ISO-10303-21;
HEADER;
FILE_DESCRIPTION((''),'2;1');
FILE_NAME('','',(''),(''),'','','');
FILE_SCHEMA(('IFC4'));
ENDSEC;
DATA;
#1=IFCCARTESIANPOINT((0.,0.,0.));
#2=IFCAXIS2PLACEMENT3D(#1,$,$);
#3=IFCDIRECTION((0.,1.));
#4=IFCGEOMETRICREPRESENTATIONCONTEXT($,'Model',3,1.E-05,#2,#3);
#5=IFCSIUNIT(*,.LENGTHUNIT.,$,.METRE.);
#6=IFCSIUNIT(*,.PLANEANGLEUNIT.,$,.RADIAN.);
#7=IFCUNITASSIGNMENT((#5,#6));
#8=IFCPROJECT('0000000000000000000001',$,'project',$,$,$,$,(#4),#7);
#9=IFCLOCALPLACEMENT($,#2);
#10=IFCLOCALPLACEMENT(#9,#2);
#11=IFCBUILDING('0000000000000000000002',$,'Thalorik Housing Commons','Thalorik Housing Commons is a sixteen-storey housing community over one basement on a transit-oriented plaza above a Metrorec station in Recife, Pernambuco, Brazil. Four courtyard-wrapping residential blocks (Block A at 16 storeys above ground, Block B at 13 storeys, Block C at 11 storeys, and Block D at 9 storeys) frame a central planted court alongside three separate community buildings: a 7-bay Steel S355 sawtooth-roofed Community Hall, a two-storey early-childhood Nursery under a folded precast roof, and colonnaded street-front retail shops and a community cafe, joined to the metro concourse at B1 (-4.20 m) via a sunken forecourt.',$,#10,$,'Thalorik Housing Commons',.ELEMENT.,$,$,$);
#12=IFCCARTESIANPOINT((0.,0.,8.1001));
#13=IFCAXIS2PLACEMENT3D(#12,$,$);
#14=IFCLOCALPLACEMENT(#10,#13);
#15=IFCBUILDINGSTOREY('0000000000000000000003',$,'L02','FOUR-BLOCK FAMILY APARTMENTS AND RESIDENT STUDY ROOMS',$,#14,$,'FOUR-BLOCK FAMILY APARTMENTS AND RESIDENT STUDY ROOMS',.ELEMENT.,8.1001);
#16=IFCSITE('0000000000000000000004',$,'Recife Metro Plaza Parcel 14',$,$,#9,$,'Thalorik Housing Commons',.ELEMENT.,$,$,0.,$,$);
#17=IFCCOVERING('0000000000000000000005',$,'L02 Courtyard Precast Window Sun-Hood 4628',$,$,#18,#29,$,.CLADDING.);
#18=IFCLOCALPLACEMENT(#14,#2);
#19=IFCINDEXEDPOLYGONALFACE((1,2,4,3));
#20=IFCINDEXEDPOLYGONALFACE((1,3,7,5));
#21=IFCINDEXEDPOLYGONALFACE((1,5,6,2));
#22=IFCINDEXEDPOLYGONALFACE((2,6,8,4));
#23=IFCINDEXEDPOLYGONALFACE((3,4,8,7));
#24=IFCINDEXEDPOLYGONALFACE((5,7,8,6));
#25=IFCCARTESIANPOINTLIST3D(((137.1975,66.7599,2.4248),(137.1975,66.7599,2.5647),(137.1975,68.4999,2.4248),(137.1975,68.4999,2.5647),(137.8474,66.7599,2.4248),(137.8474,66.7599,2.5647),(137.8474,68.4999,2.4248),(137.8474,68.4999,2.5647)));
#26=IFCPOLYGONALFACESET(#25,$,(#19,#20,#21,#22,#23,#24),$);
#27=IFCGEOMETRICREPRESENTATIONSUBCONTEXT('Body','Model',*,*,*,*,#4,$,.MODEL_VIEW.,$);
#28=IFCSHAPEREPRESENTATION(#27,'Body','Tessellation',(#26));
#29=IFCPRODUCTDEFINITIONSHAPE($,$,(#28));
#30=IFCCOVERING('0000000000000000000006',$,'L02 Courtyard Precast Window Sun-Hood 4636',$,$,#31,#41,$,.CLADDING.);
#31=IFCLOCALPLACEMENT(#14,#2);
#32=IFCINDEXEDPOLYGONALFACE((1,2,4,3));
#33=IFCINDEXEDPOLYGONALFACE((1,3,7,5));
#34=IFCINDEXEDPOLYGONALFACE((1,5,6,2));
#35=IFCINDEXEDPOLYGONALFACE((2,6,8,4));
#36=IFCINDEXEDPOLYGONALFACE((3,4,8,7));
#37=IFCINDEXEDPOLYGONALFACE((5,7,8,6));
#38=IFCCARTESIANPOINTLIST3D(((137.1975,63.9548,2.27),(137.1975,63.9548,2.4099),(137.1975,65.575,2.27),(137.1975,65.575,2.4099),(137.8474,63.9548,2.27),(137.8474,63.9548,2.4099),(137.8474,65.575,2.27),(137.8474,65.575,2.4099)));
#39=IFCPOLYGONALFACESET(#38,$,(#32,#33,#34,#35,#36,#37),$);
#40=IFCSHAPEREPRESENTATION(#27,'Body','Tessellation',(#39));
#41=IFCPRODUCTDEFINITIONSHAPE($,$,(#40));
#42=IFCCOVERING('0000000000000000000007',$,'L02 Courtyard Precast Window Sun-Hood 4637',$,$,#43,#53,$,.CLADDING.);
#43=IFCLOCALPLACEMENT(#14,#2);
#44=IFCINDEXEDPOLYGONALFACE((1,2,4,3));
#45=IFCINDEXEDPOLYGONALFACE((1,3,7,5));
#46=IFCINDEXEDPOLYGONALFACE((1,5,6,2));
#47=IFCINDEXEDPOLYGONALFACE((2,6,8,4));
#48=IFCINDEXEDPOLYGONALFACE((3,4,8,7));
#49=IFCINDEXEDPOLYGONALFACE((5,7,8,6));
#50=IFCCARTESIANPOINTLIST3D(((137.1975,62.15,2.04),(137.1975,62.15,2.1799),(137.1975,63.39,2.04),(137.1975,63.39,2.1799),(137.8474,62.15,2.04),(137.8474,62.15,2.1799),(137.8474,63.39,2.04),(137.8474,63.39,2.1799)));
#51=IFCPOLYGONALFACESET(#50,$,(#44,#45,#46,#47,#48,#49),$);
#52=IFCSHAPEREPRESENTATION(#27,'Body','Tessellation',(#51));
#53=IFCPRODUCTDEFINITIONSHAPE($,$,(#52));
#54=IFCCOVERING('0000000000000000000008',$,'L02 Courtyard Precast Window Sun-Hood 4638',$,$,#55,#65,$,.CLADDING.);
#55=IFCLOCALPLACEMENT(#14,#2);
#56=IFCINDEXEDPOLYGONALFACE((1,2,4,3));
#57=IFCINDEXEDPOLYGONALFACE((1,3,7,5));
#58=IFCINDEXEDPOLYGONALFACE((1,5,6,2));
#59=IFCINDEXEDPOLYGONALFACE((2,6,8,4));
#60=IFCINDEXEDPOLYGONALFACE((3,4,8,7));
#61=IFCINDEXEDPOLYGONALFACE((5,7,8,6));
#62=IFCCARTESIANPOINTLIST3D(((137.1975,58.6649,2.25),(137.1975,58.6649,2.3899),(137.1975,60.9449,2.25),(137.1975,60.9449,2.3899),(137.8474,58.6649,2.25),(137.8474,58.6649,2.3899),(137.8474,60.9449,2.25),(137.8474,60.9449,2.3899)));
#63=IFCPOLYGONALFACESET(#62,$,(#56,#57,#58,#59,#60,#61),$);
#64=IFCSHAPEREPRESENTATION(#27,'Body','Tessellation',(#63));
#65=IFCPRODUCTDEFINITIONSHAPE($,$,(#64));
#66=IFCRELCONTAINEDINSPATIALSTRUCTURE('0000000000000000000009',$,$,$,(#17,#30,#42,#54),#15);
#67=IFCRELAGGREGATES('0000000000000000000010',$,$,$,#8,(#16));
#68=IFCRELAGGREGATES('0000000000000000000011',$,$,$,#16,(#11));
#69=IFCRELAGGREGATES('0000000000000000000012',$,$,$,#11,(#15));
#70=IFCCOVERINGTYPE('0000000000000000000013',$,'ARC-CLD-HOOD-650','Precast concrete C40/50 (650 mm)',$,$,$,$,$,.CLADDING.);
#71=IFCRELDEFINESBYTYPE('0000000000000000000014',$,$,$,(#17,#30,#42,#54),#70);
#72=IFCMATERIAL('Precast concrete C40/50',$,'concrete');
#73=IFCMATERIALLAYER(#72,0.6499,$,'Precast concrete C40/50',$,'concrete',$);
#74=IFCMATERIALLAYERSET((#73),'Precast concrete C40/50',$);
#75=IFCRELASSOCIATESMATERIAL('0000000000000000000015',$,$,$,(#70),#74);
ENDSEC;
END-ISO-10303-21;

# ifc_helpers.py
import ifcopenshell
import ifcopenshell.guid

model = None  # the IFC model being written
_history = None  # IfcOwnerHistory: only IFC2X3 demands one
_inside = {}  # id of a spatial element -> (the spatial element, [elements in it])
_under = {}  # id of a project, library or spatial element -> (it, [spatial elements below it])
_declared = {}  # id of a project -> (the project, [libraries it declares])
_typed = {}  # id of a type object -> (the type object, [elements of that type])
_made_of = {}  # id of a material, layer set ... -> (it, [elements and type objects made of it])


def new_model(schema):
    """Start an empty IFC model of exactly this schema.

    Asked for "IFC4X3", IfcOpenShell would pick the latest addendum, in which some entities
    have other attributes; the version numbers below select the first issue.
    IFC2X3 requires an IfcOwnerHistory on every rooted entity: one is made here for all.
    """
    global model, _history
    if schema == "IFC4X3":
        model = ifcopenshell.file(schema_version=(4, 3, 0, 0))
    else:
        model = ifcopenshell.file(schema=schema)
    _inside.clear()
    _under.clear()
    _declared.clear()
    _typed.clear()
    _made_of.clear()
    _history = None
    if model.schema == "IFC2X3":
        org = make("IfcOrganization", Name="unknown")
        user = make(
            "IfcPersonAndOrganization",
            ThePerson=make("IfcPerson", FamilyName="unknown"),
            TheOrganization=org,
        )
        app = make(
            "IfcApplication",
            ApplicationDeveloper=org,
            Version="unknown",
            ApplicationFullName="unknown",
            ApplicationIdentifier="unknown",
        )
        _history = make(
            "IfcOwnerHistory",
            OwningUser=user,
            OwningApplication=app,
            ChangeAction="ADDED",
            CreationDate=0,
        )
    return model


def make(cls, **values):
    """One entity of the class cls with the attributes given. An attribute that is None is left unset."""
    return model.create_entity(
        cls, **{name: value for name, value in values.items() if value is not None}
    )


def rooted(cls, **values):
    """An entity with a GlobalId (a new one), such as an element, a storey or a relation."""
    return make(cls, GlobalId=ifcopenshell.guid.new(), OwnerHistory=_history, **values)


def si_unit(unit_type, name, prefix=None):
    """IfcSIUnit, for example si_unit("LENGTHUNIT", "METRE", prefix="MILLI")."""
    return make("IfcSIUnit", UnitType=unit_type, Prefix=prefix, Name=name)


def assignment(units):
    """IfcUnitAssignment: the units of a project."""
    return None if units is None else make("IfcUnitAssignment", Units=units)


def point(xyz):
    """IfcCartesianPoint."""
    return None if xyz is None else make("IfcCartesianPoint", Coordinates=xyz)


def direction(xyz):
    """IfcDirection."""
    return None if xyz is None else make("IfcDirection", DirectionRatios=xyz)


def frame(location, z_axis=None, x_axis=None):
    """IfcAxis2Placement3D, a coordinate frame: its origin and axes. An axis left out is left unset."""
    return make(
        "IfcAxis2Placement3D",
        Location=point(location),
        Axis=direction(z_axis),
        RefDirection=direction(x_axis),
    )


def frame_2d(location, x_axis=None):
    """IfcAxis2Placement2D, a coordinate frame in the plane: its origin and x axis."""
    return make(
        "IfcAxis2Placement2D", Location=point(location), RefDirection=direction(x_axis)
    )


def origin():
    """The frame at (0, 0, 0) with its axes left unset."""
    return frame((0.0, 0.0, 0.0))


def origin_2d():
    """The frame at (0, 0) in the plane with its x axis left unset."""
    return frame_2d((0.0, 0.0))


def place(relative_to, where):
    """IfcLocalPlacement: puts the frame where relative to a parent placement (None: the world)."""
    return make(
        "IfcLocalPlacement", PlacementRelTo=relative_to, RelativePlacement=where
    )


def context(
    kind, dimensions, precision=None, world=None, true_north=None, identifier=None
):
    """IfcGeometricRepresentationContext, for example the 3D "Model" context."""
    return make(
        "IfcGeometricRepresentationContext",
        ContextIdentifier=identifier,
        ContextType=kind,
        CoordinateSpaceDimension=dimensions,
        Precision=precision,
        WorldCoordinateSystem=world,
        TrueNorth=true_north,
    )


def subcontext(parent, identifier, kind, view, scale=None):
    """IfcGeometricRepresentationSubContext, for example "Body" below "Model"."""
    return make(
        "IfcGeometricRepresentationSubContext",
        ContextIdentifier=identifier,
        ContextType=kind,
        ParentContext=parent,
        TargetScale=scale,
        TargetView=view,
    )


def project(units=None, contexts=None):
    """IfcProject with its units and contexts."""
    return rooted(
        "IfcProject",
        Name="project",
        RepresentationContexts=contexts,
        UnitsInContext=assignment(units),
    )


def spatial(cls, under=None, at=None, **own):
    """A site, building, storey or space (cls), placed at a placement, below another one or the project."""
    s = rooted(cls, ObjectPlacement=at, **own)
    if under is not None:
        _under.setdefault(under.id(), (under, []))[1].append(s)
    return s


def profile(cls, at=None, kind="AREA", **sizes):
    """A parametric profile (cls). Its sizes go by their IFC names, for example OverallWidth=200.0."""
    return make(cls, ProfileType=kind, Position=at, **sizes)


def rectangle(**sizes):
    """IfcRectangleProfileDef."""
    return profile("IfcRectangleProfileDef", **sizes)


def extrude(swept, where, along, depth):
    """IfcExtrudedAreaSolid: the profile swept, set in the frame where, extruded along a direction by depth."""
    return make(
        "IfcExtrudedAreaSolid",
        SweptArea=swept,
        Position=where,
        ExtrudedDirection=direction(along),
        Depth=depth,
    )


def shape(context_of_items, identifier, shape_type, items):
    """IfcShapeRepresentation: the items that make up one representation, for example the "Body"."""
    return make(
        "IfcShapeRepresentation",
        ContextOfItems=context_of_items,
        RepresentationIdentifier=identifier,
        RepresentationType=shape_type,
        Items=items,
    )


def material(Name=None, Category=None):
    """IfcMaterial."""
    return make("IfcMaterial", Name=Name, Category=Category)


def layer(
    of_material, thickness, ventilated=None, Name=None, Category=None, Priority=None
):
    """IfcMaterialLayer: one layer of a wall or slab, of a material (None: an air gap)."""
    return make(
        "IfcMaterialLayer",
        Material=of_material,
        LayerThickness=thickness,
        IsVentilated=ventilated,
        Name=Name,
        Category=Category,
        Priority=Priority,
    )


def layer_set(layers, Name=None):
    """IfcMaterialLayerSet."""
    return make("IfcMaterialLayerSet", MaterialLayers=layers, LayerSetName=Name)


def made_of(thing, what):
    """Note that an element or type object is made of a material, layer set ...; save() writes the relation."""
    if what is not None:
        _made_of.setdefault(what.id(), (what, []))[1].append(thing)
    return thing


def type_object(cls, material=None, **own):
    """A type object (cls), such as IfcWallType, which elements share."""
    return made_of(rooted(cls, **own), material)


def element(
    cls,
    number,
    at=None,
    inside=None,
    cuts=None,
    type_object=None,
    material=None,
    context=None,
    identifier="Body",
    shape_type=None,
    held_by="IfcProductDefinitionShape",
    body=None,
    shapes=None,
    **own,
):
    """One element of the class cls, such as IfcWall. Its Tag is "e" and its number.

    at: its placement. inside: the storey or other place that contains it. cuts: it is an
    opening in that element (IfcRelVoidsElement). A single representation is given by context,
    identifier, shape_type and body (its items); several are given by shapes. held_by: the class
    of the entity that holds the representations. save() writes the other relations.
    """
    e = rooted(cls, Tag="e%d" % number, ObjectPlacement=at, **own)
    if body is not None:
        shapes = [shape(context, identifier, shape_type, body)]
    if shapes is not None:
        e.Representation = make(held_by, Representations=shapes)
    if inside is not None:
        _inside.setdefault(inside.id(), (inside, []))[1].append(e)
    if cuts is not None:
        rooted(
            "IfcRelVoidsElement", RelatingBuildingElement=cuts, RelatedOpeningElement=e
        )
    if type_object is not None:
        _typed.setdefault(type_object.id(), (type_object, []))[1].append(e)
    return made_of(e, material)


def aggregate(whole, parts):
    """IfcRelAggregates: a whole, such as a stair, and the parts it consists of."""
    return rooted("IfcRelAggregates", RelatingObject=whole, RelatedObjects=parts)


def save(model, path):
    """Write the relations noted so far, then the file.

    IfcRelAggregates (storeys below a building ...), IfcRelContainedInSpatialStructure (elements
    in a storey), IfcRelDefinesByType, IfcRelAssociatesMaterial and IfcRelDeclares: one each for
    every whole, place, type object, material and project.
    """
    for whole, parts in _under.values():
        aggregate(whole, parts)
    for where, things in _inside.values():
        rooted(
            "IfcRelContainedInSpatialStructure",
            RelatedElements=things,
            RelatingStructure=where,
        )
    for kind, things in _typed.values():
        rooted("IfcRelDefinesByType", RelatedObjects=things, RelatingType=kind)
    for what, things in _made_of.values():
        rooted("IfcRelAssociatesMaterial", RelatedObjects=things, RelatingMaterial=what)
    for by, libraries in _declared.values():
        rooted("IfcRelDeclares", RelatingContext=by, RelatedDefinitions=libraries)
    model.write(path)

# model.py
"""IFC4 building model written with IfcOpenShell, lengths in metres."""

from ifc_helpers import new_model, si_unit, direction, frame, origin, origin_2d, place, context, subcontext, project, spatial, rectangle, extrude, material, layer, layer_set, type_object, element, save


model = new_model("IFC4")

# Units and contexts
model_context = context("Model", 3, precision=1e-05, world=origin(), true_north=direction((0.0, 1.0)))
body_context = subcontext(model_context, "Body", "Model", "MODEL_VIEW")
ifc_project = project(units=[si_unit("LENGTHUNIT", "METRE"), si_unit("PLANEANGLEUNIT", "RADIAN")], contexts=[model_context])

# Site, building, storey
site_placement = place(None, origin())
site = spatial("IfcSite", under=ifc_project, at=site_placement, Name="Recife Metro Plaza Parcel 14", LongName="Thalorik Housing Commons", CompositionType="ELEMENT", RefElevation=0.0)
building_placement = place(site_placement, origin())
building = spatial("IfcBuilding", under=site, at=building_placement, Name="Thalorik Housing Commons", Description="Thalorik Housing Commons is a sixteen-storey housing community over one basement on a transit-oriented plaza above a Metrorec station in Recife, Pernambuco, Brazil. Four courtyard-wrapping residential blocks (Block A at 16 storeys above ground, Block B at 13 storeys, Block C at 11 storeys, and Block D at 9 storeys) frame a central planted court alongside three separate community buildings: a 7-bay Steel S355 sawtooth-roofed Community Hall, a two-storey early-childhood Nursery under a folded precast roof, and colonnaded street-front retail shops and a community cafe, joined to the metro concourse at B1 (-4.20 m) via a sunken forecourt.", LongName="Thalorik Housing Commons", CompositionType="ELEMENT")
storey_placement = place(building_placement, frame((0.0, 0.0, 8.1001)))
storey = spatial("IfcBuildingStorey", under=building, at=storey_placement, Name="L02", Description="FOUR-BLOCK FAMILY APARTMENTS AND RESIDENT STUDY ROOMS", LongName="FOUR-BLOCK FAMILY APARTMENTS AND RESIDENT STUDY ROOMS", CompositionType="ELEMENT", Elevation=8.1001)

# Shared definitions
ifc_material_1 = material(Name="Precast concrete C40/50", Category="concrete")

# Coverings
ifc_layer_1 = layer(ifc_material_1, 0.6499, Name="Precast concrete C40/50", Category="concrete")
ifc_layer_set_1 = layer_set([ifc_layer_1], Name="Precast concrete C40/50")
covering_type_1 = type_object("IfcCoveringType", Name="ARC-CLD-HOOD-650", Description="Precast concrete C40/50 (650 mm)", PredefinedType="CLADDING", material=ifc_layer_set_1)
covering_1_placement = place(storey_placement, frame((137.5225, 67.6299, 2.4248), z_axis=(0.0, 0.0, 1.0), x_axis=(0.0, -1.0, 0.0)))
element("IfcCovering", 1, at=covering_1_placement, inside=storey, type_object=covering_type_1, Name="L02 Courtyard Precast Window Sun-Hood 4628", PredefinedType="CLADDING", context=body_context, shape_type="SweptSolid", body=[
    extrude(rectangle(XDim=1.74, YDim=0.6499, at=origin_2d()), origin(), (0.0, 0.0, 1.0), 0.1399),
])
covering_2_placement = place(storey_placement, frame((137.5225, 64.7649, 2.27), z_axis=(0.0, 0.0, 1.0), x_axis=(0.0, -1.0, 0.0)))
element("IfcCovering", 2, at=covering_2_placement, inside=storey, type_object=covering_type_1, Name="L02 Courtyard Precast Window Sun-Hood 4636", PredefinedType="CLADDING", context=body_context, shape_type="SweptSolid", body=[
    extrude(rectangle(XDim=1.6201, YDim=0.6499, at=origin_2d()), origin(), (0.0, 0.0, 1.0), 0.1399),
])
covering_3_placement = place(storey_placement, frame((137.5225, 62.77, 2.04), z_axis=(0.0, 0.0, 1.0), x_axis=(0.0, -1.0, 0.0)))
element("IfcCovering", 3, at=covering_3_placement, inside=storey, type_object=covering_type_1, Name="L02 Courtyard Precast Window Sun-Hood 4637", PredefinedType="CLADDING", context=body_context, shape_type="SweptSolid", body=[
    extrude(rectangle(XDim=1.24, YDim=0.6499, at=origin_2d()), origin(), (0.0, 0.0, 1.0), 0.1399),
])
covering_4_placement = place(storey_placement, frame((137.5225, 59.8049, 2.25), z_axis=(0.0, 0.0, 1.0), x_axis=(0.0, -1.0, 0.0)))
element("IfcCovering", 4, at=covering_4_placement, inside=storey, type_object=covering_type_1, Name="L02 Courtyard Precast Window Sun-Hood 4638", PredefinedType="CLADDING", context=body_context, shape_type="SweptSolid", body=[
    extrude(rectangle(XDim=2.28, YDim=0.6499, at=origin_2d()), origin(), (0.0, 0.0, 1.0), 0.1399),
])

save(model, "model.ifc")
